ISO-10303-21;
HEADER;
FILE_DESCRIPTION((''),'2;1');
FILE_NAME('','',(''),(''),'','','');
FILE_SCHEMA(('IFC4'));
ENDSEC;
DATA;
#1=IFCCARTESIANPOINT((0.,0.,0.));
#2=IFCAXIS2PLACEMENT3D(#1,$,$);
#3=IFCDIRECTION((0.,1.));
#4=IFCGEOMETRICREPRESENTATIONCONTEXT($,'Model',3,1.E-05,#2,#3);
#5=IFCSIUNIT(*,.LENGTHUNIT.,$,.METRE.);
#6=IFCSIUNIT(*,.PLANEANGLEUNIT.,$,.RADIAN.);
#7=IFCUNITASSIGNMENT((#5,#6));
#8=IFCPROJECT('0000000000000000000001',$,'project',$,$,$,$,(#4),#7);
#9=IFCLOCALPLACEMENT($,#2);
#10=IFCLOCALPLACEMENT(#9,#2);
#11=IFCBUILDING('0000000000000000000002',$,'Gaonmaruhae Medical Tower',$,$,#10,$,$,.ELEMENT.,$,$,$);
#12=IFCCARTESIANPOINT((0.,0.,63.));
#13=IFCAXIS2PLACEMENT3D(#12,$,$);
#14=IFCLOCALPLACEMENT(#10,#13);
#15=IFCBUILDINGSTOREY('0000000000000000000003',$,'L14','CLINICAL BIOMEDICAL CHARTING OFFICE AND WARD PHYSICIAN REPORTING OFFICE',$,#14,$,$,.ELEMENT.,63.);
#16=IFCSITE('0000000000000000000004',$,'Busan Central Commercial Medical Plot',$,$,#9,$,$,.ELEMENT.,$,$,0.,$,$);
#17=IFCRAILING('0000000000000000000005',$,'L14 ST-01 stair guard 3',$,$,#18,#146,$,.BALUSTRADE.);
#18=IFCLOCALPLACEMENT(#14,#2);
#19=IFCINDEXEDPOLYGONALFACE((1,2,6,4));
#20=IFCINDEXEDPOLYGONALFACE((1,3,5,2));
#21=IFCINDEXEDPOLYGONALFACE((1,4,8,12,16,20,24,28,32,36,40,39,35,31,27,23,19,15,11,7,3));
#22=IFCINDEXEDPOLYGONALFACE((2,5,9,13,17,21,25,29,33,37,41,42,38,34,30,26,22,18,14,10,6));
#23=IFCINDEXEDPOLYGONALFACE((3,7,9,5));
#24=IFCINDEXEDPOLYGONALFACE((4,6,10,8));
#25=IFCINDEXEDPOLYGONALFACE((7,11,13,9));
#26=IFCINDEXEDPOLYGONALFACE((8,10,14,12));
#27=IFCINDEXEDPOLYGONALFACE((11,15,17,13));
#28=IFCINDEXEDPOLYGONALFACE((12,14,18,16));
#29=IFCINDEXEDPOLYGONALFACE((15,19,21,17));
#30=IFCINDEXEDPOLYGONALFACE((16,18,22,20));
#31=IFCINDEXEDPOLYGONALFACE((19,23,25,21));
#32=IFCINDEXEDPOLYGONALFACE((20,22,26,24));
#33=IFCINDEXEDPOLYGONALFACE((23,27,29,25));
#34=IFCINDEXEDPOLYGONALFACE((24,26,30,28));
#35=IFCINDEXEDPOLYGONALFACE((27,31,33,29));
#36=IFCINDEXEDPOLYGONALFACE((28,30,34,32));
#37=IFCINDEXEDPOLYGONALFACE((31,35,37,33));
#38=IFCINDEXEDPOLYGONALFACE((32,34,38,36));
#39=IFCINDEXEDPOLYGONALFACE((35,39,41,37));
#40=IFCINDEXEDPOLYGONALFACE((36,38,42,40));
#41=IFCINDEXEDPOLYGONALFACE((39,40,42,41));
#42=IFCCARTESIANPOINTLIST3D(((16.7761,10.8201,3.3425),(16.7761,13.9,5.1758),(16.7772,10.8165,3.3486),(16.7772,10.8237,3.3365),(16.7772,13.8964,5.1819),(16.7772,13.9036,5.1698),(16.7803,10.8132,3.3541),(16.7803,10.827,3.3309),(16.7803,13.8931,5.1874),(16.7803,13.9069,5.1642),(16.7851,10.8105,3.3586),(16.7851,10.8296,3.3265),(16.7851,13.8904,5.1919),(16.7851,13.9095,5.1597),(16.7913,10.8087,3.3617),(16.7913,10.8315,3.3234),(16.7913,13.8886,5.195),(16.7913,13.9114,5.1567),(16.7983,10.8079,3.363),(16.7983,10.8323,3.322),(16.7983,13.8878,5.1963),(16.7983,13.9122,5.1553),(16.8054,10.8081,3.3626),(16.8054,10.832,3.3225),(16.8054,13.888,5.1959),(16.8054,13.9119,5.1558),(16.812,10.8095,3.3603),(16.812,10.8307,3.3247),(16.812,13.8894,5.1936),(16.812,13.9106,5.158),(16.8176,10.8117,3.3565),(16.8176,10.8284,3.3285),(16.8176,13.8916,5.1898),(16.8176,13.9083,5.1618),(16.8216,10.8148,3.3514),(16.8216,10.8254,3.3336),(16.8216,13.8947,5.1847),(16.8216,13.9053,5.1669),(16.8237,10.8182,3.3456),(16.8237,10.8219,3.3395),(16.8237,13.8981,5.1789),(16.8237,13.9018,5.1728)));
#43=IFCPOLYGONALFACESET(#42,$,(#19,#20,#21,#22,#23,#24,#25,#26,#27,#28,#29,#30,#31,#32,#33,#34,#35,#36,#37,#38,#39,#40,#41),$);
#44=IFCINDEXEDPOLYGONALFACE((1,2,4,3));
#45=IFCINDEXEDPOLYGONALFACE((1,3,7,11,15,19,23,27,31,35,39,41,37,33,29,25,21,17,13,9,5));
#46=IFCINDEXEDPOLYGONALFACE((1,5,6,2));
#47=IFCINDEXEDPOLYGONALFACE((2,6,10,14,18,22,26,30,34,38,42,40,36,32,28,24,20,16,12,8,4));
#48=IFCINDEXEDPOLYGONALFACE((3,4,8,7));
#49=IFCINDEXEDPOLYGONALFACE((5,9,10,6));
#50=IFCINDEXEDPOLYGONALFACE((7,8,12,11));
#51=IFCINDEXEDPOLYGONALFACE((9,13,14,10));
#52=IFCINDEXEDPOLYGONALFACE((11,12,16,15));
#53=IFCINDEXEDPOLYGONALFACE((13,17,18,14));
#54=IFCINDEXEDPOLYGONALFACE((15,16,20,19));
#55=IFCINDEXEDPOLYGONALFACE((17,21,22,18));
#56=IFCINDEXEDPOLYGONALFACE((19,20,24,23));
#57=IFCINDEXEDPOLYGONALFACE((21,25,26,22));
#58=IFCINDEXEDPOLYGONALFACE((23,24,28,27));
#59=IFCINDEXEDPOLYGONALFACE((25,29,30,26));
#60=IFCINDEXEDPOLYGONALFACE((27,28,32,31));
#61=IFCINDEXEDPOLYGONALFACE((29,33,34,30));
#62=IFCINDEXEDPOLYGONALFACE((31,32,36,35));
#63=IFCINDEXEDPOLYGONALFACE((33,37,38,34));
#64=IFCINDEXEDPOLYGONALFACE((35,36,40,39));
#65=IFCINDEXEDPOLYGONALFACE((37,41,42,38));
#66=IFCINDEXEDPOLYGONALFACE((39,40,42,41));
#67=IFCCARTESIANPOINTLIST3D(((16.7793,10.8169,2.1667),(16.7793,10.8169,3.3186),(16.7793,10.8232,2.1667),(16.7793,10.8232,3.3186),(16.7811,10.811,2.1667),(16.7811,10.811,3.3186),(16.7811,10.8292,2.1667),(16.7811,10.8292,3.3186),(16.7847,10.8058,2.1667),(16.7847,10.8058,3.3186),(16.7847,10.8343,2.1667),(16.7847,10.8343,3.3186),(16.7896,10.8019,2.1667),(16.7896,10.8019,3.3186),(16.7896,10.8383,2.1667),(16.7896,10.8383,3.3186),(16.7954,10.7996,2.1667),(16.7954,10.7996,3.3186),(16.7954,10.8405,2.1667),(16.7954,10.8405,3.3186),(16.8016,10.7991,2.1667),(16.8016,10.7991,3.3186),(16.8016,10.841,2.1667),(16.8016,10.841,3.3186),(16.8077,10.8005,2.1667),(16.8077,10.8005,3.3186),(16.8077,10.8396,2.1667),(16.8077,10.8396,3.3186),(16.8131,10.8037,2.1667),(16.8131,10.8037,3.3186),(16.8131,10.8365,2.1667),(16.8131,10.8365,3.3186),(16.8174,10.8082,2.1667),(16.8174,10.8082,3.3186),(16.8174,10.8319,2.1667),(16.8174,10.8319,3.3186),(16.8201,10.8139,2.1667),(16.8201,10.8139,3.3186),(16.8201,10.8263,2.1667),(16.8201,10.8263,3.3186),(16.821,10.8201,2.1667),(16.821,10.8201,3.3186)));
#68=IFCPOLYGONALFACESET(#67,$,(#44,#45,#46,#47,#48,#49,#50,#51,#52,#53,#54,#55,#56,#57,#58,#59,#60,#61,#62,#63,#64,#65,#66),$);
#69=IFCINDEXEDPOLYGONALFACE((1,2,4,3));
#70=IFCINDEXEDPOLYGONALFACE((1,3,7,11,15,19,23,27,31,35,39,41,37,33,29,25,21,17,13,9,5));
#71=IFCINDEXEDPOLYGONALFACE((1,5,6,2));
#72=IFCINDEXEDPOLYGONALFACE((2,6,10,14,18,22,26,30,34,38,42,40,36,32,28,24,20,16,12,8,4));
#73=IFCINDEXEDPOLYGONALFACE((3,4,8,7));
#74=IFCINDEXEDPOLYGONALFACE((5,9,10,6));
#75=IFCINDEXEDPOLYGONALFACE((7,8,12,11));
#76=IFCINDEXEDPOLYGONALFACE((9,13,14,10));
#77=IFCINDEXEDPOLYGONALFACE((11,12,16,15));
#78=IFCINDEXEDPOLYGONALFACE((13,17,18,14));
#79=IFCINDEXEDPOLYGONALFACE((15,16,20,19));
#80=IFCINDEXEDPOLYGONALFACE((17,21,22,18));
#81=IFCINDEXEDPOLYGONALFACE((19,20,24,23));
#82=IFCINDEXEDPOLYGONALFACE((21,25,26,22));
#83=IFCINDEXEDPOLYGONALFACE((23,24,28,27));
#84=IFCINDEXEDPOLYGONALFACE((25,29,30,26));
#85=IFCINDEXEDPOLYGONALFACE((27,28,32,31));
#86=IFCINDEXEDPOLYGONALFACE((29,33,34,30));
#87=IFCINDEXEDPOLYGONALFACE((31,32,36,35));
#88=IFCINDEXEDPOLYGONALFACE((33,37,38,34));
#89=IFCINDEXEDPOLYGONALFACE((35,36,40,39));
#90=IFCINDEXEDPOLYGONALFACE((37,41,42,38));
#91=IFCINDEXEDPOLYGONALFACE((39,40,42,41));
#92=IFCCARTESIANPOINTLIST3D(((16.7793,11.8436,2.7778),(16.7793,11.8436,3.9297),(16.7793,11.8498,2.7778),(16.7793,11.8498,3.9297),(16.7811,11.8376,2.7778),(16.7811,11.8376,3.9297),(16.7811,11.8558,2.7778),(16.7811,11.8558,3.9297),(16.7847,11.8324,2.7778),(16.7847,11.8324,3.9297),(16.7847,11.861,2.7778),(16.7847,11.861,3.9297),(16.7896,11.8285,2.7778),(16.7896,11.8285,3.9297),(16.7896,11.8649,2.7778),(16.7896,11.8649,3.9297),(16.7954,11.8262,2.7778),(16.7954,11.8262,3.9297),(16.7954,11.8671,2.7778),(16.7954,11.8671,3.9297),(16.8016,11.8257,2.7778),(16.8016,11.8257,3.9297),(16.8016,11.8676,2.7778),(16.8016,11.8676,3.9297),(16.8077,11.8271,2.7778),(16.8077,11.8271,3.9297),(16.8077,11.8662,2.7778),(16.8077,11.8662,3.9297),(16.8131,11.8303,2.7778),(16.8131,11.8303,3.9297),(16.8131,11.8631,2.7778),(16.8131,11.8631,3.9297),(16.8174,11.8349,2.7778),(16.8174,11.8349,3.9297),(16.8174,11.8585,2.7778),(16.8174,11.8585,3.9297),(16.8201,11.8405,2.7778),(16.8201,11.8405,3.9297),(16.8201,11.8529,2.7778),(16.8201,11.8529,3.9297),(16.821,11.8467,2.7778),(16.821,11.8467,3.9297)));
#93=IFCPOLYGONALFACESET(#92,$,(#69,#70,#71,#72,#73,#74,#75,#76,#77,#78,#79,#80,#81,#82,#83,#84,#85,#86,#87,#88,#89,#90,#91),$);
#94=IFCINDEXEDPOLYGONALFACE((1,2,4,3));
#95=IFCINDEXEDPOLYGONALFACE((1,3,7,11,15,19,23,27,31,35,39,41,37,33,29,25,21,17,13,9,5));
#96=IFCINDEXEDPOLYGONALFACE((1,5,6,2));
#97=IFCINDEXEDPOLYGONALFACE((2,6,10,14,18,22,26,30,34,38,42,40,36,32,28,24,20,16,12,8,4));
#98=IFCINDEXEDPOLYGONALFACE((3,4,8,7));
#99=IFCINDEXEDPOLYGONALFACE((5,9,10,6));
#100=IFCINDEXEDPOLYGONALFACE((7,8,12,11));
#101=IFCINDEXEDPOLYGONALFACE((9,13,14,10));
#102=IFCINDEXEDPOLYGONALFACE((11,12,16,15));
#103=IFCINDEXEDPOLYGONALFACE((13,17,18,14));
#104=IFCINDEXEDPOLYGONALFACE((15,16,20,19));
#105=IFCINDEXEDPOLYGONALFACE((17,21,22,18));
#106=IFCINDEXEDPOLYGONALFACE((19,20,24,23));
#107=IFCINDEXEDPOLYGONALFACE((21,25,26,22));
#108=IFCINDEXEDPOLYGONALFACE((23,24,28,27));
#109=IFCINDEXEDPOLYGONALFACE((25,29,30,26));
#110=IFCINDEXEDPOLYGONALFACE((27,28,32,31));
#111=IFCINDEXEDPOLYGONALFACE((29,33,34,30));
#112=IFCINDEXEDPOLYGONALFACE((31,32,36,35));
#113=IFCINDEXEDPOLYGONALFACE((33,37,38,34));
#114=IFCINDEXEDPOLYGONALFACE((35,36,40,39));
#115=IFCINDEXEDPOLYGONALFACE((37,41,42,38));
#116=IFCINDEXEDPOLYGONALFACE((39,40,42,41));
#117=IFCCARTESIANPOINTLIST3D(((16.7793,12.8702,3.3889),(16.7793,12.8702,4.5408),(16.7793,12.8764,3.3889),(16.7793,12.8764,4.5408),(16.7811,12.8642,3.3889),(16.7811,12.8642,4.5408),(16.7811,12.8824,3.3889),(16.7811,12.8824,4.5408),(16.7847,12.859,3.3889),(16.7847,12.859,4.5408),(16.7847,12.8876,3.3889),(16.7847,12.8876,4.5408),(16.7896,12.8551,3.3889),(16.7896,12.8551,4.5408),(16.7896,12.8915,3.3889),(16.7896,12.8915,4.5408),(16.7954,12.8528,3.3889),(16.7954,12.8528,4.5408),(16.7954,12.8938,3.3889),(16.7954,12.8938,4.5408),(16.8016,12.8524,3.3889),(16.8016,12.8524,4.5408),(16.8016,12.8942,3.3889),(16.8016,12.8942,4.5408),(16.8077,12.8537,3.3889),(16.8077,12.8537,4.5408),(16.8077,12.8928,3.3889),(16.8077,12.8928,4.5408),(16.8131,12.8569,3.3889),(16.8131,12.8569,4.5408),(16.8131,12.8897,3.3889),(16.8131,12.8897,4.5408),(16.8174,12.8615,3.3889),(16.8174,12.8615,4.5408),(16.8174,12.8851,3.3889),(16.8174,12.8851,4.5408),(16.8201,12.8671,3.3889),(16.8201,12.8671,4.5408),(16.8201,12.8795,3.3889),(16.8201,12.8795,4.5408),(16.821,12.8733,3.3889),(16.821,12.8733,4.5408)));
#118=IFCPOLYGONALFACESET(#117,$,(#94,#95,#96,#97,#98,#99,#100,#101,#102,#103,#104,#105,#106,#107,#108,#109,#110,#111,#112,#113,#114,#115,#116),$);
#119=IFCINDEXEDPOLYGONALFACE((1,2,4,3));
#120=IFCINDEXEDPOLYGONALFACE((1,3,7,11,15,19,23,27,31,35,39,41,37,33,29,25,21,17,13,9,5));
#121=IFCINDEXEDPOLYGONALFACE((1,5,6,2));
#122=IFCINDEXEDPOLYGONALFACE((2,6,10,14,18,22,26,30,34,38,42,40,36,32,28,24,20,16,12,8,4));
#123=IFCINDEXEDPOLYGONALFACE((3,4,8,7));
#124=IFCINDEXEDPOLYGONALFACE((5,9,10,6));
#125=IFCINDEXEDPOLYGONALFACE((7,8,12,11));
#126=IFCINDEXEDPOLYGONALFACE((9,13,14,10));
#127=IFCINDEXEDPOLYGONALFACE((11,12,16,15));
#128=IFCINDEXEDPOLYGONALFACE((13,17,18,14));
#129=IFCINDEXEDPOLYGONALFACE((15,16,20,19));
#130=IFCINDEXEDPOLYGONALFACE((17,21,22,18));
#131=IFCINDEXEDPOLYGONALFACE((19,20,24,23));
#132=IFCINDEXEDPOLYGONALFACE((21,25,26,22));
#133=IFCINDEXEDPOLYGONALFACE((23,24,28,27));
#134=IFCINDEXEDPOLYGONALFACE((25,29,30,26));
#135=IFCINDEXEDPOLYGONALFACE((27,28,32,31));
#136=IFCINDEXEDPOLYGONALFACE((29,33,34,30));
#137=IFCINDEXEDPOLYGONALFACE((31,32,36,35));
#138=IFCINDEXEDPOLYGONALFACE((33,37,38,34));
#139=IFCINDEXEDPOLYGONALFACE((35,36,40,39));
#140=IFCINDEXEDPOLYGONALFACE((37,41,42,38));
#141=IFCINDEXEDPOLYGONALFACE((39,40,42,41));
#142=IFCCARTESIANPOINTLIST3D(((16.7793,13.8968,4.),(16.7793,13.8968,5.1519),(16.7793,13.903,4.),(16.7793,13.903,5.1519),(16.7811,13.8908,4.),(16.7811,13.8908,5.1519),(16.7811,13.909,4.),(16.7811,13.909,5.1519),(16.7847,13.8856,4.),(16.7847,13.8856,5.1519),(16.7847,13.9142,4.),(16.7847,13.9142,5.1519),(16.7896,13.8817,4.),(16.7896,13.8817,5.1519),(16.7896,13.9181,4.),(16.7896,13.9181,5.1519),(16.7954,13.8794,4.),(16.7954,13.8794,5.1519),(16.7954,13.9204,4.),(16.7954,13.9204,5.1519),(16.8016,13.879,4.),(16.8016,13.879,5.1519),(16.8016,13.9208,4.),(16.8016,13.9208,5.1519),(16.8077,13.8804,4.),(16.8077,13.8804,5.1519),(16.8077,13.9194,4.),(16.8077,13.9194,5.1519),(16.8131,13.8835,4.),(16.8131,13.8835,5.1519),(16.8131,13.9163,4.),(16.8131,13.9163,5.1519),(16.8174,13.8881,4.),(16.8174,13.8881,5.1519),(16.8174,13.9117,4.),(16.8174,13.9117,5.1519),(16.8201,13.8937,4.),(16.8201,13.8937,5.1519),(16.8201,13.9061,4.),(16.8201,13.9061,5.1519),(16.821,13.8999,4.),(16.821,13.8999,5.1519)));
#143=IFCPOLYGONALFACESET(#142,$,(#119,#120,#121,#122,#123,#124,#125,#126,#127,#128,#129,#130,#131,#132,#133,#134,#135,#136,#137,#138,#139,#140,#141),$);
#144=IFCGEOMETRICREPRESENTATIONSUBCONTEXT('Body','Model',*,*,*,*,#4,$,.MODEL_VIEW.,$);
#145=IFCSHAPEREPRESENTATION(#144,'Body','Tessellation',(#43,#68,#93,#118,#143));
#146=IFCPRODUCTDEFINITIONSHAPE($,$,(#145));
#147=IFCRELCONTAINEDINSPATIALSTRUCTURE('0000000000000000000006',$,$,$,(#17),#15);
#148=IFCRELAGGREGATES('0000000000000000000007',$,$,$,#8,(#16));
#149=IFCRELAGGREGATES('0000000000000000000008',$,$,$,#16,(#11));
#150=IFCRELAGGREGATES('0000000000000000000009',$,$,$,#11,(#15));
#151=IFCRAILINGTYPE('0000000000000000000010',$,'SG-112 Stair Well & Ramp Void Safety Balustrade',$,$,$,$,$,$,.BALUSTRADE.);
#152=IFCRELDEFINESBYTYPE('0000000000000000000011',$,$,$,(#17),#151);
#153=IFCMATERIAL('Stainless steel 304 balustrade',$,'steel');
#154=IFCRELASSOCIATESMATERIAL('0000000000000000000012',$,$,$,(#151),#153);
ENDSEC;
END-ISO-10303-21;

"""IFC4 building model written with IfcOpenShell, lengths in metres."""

from ifc_helpers import new_model, si_unit, direction, frame, origin, origin_2d, place, context, subcontext, project, spatial, circle, extrude, material, type_object, element, save


model = new_model("IFC4")

# Units and contexts
model_context = context("Model", 3, precision=1e-05, world=origin(), true_north=direction((0.0, 1.0)))
body_context = subcontext(model_context, "Body", "Model", "MODEL_VIEW")
ifc_project = project(units=[si_unit("LENGTHUNIT", "METRE"), si_unit("PLANEANGLEUNIT", "RADIAN")], contexts=[model_context])

# Site, building, storey
site_placement = place(None, origin())
site = spatial("IfcSite", under=ifc_project, at=site_placement, Name="Busan Central Commercial Medical Plot", CompositionType="ELEMENT", RefElevation=0.0)
building_placement = place(site_placement, origin())
building = spatial("IfcBuilding", under=site, at=building_placement, Name="Gaonmaruhae Medical Tower", CompositionType="ELEMENT")
storey_placement = place(building_placement, frame((0.0, 0.0, 63.0)))
storey = spatial("IfcBuildingStorey", under=building, at=storey_placement, Name="L14", Description="CLINICAL BIOMEDICAL CHARTING OFFICE AND WARD PHYSICIAN REPORTING OFFICE", CompositionType="ELEMENT", Elevation=63.0)

# Railing
ifc_material_1 = material(Name="Stainless steel 304 balustrade", Category="steel")
railing_type_1 = type_object("IfcRailingType", Name="SG-112 Stair Well & Ramp Void Safety Balustrade", PredefinedType="BALUSTRADE", material=ifc_material_1)
railing_1_placement = place(storey_placement, frame((16.8, 10.8201, 2.1667)))
element("IfcRailing", 1, at=railing_1_placement, inside=storey, type_object=railing_type_1, Name="L14 ST-01 stair guard 3", PredefinedType="BALUSTRADE", context=body_context, shape_type="SweptSolid", body=[
    extrude(circle(Radius=0.0239, at=origin_2d()), frame((0.0, 0.0, 1.1758), z_axis=(0.0, 0.859291, 0.511487), x_axis=(-1.0, 0.0, 0.0)), (0.0, 0.0, 1.0), 3.5842),
    extrude(circle(Radius=0.021, at=origin_2d()), origin(), (0.0, 0.0, 1.0), 1.1519),
    extrude(circle(Radius=0.021, at=origin_2d()), frame((0.0, 1.0266, 0.6111)), (0.0, 0.0, 1.0), 1.1519),
    extrude(circle(Radius=0.021, at=origin_2d()), frame((0.0, 2.0532, 1.2222)), (0.0, 0.0, 1.0), 1.1519),
    extrude(circle(Radius=0.021, at=origin_2d()), frame((0.0, 3.0798, 1.8333)), (0.0, 0.0, 1.0), 1.1519),
])

save(model, "model.ifc")
